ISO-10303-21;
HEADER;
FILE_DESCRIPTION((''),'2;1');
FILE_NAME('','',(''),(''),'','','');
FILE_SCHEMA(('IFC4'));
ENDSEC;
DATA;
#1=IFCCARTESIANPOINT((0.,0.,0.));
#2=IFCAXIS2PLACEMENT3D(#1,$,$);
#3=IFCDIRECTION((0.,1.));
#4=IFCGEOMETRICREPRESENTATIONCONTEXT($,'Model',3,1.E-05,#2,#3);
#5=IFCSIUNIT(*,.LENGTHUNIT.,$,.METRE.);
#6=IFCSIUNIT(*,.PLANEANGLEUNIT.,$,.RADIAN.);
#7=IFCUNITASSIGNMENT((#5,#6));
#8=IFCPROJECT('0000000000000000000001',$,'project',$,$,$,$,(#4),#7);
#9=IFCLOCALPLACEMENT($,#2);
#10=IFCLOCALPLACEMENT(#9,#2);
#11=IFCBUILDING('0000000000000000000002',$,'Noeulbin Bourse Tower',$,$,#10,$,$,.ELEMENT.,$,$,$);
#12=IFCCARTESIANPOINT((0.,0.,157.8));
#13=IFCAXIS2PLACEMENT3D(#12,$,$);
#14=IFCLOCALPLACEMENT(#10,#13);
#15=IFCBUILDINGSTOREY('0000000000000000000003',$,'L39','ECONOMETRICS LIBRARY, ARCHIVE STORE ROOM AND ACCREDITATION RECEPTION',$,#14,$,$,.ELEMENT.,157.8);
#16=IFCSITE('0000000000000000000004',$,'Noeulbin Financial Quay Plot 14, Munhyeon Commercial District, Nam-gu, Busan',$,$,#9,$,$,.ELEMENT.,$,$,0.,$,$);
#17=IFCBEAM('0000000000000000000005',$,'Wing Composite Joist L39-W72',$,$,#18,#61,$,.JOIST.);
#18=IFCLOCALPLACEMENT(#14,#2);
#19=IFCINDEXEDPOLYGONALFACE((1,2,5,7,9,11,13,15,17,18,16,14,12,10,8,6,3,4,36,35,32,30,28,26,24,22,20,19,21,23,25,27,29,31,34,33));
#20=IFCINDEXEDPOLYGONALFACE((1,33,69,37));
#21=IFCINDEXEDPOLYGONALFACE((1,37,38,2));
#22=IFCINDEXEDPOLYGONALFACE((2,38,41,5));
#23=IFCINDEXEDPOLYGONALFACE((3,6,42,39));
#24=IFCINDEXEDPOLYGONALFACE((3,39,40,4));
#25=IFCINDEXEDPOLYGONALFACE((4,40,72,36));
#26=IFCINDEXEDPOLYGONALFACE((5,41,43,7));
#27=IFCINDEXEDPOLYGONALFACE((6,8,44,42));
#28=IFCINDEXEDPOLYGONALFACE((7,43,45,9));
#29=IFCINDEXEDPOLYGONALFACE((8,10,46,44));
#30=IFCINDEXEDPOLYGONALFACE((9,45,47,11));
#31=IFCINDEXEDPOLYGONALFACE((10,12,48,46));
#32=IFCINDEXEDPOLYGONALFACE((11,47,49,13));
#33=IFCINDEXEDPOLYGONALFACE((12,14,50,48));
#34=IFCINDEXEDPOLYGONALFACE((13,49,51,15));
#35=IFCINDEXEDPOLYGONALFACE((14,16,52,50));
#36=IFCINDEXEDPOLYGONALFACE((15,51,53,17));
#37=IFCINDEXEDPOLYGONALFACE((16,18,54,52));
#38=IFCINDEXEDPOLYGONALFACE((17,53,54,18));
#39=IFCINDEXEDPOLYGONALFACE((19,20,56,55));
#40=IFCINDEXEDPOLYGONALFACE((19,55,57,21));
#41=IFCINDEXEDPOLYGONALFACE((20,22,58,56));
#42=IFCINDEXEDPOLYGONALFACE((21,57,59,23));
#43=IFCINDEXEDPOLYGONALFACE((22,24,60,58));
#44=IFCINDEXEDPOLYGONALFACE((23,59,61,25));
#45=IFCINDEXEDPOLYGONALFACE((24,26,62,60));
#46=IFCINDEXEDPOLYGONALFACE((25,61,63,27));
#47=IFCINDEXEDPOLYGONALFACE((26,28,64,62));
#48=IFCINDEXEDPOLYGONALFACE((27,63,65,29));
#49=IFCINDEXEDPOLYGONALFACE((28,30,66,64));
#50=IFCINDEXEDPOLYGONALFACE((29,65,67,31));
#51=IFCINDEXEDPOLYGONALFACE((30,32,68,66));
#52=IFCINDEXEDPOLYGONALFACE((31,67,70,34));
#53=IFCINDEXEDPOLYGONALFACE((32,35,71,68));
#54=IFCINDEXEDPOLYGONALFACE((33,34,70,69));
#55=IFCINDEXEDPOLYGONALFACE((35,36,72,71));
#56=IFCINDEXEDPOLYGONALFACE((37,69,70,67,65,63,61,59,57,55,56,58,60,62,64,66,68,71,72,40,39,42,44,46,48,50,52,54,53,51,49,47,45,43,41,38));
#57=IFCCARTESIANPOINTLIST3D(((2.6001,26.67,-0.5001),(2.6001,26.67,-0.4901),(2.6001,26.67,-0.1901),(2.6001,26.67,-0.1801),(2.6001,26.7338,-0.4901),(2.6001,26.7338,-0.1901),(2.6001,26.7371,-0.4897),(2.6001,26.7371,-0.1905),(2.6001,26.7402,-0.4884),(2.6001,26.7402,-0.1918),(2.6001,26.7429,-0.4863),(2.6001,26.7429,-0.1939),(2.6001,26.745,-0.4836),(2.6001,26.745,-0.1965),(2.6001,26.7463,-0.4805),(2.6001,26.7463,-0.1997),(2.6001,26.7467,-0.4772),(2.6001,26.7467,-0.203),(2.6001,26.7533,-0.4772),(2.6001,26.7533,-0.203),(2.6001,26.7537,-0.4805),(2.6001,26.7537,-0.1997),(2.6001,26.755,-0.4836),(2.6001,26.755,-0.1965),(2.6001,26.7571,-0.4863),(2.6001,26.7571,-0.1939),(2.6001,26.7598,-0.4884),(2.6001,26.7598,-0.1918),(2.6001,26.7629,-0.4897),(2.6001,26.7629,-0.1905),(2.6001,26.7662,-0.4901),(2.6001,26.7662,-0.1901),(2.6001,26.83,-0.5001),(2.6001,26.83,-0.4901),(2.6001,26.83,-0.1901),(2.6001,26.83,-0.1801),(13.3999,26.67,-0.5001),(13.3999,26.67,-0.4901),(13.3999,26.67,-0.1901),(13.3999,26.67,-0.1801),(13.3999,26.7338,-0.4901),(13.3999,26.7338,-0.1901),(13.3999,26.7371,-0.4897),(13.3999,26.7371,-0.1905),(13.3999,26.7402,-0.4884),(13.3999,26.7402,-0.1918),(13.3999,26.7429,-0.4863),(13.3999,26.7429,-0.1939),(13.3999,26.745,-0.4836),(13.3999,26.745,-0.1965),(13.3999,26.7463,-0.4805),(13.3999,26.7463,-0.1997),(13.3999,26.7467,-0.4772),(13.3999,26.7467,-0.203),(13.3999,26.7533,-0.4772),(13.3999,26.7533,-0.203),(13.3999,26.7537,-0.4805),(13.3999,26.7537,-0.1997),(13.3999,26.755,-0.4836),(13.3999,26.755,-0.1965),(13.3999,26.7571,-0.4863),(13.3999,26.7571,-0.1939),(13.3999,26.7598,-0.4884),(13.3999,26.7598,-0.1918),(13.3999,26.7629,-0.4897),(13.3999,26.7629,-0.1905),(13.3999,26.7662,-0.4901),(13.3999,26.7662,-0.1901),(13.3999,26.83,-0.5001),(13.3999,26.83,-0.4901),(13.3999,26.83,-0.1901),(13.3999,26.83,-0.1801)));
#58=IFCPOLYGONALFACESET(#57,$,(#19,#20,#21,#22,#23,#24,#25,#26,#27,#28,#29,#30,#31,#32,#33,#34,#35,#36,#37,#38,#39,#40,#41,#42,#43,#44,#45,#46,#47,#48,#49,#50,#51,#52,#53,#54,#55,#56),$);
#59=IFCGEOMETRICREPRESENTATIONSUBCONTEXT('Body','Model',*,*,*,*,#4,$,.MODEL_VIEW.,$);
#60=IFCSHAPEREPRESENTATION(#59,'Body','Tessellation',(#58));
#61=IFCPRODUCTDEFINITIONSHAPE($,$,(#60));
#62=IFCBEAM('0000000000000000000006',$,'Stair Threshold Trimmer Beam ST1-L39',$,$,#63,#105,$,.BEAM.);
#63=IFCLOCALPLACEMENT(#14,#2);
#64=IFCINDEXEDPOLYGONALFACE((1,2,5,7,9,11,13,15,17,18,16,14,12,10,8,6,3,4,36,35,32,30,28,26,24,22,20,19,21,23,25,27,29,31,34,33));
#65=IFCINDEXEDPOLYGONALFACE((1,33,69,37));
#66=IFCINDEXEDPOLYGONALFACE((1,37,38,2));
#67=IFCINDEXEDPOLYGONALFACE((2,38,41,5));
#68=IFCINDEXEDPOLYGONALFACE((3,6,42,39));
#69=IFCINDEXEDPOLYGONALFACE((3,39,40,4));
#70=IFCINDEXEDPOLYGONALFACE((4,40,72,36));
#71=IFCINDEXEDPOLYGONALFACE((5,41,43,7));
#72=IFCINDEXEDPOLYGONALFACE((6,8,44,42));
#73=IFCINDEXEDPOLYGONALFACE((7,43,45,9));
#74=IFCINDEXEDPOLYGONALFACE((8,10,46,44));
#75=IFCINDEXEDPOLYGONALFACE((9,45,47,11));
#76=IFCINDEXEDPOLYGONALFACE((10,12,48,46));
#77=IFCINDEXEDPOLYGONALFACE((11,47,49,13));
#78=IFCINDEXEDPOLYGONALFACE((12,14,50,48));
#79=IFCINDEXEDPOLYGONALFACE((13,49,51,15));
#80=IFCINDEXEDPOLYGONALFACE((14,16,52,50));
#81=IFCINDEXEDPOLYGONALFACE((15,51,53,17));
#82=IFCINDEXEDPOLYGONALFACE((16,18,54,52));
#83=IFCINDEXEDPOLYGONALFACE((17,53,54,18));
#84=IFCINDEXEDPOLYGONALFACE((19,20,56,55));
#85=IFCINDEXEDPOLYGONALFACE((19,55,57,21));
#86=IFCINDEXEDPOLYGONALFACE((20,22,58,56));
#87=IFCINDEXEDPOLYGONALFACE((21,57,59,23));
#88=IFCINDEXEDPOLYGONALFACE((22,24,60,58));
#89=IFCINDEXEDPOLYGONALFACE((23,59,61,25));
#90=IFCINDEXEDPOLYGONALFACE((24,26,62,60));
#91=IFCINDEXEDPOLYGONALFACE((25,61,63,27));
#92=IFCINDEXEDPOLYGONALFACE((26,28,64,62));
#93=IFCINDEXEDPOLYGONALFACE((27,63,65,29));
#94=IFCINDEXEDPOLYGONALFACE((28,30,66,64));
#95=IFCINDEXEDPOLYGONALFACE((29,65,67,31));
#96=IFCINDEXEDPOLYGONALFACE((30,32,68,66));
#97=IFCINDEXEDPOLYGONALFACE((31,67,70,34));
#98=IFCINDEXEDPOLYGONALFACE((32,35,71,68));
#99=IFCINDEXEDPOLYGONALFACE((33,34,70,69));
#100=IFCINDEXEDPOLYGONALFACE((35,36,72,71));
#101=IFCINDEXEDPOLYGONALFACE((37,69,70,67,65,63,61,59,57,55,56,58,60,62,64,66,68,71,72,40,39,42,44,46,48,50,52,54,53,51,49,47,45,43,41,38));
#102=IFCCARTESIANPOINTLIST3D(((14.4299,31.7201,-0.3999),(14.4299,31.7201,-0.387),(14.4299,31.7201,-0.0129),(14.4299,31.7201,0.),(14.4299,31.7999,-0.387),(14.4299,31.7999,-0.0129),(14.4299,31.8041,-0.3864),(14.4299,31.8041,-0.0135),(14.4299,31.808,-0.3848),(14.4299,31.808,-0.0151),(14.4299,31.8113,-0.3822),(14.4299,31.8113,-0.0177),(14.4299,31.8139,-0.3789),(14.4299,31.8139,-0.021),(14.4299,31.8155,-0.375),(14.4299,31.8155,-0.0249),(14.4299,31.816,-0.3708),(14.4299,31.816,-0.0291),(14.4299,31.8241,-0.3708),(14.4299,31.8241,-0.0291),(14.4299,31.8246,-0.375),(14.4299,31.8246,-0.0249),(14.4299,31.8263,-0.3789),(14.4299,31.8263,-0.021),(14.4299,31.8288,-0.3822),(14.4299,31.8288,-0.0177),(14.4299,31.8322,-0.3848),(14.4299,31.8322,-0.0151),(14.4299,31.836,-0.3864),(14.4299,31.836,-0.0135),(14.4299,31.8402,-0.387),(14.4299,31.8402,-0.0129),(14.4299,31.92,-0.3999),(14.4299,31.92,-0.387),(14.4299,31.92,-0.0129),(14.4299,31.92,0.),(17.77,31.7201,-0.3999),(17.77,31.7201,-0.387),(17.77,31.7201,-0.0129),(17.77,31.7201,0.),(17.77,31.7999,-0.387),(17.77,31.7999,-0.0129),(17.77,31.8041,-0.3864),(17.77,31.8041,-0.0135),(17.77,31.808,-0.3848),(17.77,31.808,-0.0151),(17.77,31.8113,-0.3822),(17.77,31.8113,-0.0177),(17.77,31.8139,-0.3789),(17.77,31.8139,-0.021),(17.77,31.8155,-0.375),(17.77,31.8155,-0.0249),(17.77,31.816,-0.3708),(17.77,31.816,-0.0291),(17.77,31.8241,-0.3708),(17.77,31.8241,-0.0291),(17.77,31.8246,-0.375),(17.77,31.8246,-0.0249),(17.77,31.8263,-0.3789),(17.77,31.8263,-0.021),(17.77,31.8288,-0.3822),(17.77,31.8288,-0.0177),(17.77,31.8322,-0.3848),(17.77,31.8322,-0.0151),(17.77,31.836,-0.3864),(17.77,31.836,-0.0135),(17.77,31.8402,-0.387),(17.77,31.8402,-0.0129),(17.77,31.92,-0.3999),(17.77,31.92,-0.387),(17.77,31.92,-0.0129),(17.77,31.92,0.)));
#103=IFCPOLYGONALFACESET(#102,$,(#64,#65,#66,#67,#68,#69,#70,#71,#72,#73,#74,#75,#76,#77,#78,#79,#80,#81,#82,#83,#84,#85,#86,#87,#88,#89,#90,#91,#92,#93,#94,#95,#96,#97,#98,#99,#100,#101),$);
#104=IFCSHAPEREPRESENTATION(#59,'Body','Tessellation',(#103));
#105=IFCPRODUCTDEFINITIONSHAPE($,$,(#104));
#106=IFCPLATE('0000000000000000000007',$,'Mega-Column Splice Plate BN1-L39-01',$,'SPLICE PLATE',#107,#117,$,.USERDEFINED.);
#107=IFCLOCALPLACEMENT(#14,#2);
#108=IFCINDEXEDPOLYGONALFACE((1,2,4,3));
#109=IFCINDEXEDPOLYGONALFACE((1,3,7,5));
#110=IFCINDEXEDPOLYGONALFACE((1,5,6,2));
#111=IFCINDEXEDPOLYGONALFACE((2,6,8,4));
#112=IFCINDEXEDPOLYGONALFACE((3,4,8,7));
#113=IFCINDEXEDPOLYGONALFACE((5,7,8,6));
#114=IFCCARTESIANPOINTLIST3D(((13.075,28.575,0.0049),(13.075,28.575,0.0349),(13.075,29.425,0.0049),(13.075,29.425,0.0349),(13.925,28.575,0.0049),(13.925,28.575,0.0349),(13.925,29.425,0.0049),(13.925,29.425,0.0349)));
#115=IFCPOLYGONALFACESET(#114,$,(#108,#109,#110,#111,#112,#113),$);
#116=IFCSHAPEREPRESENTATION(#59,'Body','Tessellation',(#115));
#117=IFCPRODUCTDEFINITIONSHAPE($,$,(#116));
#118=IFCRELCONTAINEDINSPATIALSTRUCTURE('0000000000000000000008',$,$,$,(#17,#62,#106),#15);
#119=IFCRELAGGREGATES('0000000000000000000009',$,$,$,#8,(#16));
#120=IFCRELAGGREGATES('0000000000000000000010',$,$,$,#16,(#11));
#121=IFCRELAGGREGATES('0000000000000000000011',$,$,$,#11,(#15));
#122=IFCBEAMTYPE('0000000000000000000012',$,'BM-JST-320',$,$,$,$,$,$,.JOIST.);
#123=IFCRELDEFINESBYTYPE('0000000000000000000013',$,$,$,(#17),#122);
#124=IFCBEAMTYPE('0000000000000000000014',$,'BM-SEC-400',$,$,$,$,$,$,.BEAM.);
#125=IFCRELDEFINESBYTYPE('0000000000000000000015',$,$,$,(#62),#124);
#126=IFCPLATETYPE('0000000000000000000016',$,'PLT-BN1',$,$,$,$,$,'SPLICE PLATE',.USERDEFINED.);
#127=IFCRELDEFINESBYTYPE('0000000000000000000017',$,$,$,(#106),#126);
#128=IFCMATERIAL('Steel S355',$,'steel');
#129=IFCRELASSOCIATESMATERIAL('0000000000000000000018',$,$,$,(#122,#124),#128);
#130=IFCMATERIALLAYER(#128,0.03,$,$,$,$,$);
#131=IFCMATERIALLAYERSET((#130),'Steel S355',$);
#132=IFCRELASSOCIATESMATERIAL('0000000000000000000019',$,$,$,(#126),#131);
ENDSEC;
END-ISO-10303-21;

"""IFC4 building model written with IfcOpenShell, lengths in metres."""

from ifc_helpers import new_model, si_unit, direction, frame, origin, origin_2d, place, context, subcontext, project, spatial, rectangle, i_section, extrude, material, layer, layer_set, material_profile, profile_set, type_object, element, save


model = new_model("IFC4")

# Units and contexts
model_context = context("Model", 3, precision=1e-05, world=origin(), true_north=direction((0.0, 1.0)))
body_context = subcontext(model_context, "Body", "Model", "MODEL_VIEW")
ifc_project = project(units=[si_unit("LENGTHUNIT", "METRE"), si_unit("PLANEANGLEUNIT", "RADIAN")], contexts=[model_context])

# Site, building, storey
site_placement = place(None, origin())
site = spatial("IfcSite", under=ifc_project, at=site_placement, Name="Noeulbin Financial Quay Plot 14, Munhyeon Commercial District, Nam-gu, Busan", CompositionType="ELEMENT", RefElevation=0.0)
building_placement = place(site_placement, origin())
building = spatial("IfcBuilding", under=site, at=building_placement, Name="Noeulbin Bourse Tower", CompositionType="ELEMENT")
storey_placement = place(building_placement, frame((0.0, 0.0, 157.8)))
storey = spatial("IfcBuildingStorey", under=building, at=storey_placement, Name="L39", Description="ECONOMETRICS LIBRARY, ARCHIVE STORE ROOM AND ACCREDITATION RECEPTION", CompositionType="ELEMENT", Elevation=157.8)

# Beams
ifc_material_1 = material(Name="Steel S355", Category="steel")
ifc_material_profile_1 = material_profile(ifc_material_1, i_section(OverallWidth=0.1599, OverallDepth=0.3201, WebThickness=0.0066, FlangeThickness=0.01, FilletRadius=0.0129, at=origin_2d()), Name="H-320x160x6.5x10", Category="LoadBearing")
ifc_profile_set_1 = profile_set([ifc_material_profile_1], Name="Steel S355")
beam_type_1 = type_object("IfcBeamType", Name="BM-JST-320", PredefinedType="JOIST", material=ifc_profile_set_1)
beam_1_placement = place(storey_placement, frame((2.6001, 26.75, -0.3401), z_axis=(1.0, 0.0, 0.0), x_axis=(0.0, 1.0, 0.0)))
element("IfcBeam", 1, at=beam_1_placement, inside=storey, type_object=beam_type_1, Name="Wing Composite Joist L39-W72", PredefinedType="JOIST", context=body_context, shape_type="SweptSolid", body=[
    extrude(i_section(OverallWidth=0.1599, OverallDepth=0.3201, WebThickness=0.0066, FlangeThickness=0.01, FilletRadius=0.0129, at=origin_2d()), origin(), (0.0, 0.0, 1.0), 10.7998),
])
ifc_material_profile_2 = material_profile(ifc_material_1, i_section(OverallWidth=0.2, OverallDepth=0.3999, WebThickness=0.0081, FlangeThickness=0.0129, FilletRadius=0.0161, at=origin_2d()), Name="H-400x200x8x13", Category="LoadBearing")
ifc_profile_set_2 = profile_set([ifc_material_profile_2], Name="Steel S355")
beam_type_2 = type_object("IfcBeamType", Name="BM-SEC-400", PredefinedType="BEAM", material=ifc_profile_set_2)
beam_2_placement = place(storey_placement, frame((14.4299, 31.8201, -0.2), z_axis=(1.0, 0.0, 0.0), x_axis=(0.0, 1.0, 0.0)))
element("IfcBeam", 2, at=beam_2_placement, inside=storey, type_object=beam_type_2, Name="Stair Threshold Trimmer Beam ST1-L39", PredefinedType="BEAM", context=body_context, shape_type="SweptSolid", body=[
    extrude(i_section(OverallWidth=0.2, OverallDepth=0.3999, WebThickness=0.0081, FlangeThickness=0.0129, FilletRadius=0.0161, at=origin_2d()), origin(), (0.0, 0.0, 1.0), 3.3401),
])

# Plate
ifc_layer_1 = layer(ifc_material_1, 0.03)
ifc_layer_set_1 = layer_set([ifc_layer_1], Name="Steel S355")
plate_type = type_object("IfcPlateType", Name="PLT-BN1", ElementType="SPLICE PLATE", PredefinedType="USERDEFINED", material=ifc_layer_set_1)
plate_placement = place(storey_placement, frame((13.5, 29.0, 0.0049), z_axis=(0.0, 0.0, 1.0), x_axis=(1.0, 0.0, 0.0)))
element("IfcPlate", 3, at=plate_placement, inside=storey, type_object=plate_type, Name="Mega-Column Splice Plate BN1-L39-01", ObjectType="SPLICE PLATE", PredefinedType="USERDEFINED", context=body_context, shape_type="SweptSolid", body=[
    extrude(rectangle(XDim=0.8501, YDim=0.8501, at=origin_2d()), origin(), (0.0, 0.0, 1.0), 0.03),
])

save(model, "model.ifc")
